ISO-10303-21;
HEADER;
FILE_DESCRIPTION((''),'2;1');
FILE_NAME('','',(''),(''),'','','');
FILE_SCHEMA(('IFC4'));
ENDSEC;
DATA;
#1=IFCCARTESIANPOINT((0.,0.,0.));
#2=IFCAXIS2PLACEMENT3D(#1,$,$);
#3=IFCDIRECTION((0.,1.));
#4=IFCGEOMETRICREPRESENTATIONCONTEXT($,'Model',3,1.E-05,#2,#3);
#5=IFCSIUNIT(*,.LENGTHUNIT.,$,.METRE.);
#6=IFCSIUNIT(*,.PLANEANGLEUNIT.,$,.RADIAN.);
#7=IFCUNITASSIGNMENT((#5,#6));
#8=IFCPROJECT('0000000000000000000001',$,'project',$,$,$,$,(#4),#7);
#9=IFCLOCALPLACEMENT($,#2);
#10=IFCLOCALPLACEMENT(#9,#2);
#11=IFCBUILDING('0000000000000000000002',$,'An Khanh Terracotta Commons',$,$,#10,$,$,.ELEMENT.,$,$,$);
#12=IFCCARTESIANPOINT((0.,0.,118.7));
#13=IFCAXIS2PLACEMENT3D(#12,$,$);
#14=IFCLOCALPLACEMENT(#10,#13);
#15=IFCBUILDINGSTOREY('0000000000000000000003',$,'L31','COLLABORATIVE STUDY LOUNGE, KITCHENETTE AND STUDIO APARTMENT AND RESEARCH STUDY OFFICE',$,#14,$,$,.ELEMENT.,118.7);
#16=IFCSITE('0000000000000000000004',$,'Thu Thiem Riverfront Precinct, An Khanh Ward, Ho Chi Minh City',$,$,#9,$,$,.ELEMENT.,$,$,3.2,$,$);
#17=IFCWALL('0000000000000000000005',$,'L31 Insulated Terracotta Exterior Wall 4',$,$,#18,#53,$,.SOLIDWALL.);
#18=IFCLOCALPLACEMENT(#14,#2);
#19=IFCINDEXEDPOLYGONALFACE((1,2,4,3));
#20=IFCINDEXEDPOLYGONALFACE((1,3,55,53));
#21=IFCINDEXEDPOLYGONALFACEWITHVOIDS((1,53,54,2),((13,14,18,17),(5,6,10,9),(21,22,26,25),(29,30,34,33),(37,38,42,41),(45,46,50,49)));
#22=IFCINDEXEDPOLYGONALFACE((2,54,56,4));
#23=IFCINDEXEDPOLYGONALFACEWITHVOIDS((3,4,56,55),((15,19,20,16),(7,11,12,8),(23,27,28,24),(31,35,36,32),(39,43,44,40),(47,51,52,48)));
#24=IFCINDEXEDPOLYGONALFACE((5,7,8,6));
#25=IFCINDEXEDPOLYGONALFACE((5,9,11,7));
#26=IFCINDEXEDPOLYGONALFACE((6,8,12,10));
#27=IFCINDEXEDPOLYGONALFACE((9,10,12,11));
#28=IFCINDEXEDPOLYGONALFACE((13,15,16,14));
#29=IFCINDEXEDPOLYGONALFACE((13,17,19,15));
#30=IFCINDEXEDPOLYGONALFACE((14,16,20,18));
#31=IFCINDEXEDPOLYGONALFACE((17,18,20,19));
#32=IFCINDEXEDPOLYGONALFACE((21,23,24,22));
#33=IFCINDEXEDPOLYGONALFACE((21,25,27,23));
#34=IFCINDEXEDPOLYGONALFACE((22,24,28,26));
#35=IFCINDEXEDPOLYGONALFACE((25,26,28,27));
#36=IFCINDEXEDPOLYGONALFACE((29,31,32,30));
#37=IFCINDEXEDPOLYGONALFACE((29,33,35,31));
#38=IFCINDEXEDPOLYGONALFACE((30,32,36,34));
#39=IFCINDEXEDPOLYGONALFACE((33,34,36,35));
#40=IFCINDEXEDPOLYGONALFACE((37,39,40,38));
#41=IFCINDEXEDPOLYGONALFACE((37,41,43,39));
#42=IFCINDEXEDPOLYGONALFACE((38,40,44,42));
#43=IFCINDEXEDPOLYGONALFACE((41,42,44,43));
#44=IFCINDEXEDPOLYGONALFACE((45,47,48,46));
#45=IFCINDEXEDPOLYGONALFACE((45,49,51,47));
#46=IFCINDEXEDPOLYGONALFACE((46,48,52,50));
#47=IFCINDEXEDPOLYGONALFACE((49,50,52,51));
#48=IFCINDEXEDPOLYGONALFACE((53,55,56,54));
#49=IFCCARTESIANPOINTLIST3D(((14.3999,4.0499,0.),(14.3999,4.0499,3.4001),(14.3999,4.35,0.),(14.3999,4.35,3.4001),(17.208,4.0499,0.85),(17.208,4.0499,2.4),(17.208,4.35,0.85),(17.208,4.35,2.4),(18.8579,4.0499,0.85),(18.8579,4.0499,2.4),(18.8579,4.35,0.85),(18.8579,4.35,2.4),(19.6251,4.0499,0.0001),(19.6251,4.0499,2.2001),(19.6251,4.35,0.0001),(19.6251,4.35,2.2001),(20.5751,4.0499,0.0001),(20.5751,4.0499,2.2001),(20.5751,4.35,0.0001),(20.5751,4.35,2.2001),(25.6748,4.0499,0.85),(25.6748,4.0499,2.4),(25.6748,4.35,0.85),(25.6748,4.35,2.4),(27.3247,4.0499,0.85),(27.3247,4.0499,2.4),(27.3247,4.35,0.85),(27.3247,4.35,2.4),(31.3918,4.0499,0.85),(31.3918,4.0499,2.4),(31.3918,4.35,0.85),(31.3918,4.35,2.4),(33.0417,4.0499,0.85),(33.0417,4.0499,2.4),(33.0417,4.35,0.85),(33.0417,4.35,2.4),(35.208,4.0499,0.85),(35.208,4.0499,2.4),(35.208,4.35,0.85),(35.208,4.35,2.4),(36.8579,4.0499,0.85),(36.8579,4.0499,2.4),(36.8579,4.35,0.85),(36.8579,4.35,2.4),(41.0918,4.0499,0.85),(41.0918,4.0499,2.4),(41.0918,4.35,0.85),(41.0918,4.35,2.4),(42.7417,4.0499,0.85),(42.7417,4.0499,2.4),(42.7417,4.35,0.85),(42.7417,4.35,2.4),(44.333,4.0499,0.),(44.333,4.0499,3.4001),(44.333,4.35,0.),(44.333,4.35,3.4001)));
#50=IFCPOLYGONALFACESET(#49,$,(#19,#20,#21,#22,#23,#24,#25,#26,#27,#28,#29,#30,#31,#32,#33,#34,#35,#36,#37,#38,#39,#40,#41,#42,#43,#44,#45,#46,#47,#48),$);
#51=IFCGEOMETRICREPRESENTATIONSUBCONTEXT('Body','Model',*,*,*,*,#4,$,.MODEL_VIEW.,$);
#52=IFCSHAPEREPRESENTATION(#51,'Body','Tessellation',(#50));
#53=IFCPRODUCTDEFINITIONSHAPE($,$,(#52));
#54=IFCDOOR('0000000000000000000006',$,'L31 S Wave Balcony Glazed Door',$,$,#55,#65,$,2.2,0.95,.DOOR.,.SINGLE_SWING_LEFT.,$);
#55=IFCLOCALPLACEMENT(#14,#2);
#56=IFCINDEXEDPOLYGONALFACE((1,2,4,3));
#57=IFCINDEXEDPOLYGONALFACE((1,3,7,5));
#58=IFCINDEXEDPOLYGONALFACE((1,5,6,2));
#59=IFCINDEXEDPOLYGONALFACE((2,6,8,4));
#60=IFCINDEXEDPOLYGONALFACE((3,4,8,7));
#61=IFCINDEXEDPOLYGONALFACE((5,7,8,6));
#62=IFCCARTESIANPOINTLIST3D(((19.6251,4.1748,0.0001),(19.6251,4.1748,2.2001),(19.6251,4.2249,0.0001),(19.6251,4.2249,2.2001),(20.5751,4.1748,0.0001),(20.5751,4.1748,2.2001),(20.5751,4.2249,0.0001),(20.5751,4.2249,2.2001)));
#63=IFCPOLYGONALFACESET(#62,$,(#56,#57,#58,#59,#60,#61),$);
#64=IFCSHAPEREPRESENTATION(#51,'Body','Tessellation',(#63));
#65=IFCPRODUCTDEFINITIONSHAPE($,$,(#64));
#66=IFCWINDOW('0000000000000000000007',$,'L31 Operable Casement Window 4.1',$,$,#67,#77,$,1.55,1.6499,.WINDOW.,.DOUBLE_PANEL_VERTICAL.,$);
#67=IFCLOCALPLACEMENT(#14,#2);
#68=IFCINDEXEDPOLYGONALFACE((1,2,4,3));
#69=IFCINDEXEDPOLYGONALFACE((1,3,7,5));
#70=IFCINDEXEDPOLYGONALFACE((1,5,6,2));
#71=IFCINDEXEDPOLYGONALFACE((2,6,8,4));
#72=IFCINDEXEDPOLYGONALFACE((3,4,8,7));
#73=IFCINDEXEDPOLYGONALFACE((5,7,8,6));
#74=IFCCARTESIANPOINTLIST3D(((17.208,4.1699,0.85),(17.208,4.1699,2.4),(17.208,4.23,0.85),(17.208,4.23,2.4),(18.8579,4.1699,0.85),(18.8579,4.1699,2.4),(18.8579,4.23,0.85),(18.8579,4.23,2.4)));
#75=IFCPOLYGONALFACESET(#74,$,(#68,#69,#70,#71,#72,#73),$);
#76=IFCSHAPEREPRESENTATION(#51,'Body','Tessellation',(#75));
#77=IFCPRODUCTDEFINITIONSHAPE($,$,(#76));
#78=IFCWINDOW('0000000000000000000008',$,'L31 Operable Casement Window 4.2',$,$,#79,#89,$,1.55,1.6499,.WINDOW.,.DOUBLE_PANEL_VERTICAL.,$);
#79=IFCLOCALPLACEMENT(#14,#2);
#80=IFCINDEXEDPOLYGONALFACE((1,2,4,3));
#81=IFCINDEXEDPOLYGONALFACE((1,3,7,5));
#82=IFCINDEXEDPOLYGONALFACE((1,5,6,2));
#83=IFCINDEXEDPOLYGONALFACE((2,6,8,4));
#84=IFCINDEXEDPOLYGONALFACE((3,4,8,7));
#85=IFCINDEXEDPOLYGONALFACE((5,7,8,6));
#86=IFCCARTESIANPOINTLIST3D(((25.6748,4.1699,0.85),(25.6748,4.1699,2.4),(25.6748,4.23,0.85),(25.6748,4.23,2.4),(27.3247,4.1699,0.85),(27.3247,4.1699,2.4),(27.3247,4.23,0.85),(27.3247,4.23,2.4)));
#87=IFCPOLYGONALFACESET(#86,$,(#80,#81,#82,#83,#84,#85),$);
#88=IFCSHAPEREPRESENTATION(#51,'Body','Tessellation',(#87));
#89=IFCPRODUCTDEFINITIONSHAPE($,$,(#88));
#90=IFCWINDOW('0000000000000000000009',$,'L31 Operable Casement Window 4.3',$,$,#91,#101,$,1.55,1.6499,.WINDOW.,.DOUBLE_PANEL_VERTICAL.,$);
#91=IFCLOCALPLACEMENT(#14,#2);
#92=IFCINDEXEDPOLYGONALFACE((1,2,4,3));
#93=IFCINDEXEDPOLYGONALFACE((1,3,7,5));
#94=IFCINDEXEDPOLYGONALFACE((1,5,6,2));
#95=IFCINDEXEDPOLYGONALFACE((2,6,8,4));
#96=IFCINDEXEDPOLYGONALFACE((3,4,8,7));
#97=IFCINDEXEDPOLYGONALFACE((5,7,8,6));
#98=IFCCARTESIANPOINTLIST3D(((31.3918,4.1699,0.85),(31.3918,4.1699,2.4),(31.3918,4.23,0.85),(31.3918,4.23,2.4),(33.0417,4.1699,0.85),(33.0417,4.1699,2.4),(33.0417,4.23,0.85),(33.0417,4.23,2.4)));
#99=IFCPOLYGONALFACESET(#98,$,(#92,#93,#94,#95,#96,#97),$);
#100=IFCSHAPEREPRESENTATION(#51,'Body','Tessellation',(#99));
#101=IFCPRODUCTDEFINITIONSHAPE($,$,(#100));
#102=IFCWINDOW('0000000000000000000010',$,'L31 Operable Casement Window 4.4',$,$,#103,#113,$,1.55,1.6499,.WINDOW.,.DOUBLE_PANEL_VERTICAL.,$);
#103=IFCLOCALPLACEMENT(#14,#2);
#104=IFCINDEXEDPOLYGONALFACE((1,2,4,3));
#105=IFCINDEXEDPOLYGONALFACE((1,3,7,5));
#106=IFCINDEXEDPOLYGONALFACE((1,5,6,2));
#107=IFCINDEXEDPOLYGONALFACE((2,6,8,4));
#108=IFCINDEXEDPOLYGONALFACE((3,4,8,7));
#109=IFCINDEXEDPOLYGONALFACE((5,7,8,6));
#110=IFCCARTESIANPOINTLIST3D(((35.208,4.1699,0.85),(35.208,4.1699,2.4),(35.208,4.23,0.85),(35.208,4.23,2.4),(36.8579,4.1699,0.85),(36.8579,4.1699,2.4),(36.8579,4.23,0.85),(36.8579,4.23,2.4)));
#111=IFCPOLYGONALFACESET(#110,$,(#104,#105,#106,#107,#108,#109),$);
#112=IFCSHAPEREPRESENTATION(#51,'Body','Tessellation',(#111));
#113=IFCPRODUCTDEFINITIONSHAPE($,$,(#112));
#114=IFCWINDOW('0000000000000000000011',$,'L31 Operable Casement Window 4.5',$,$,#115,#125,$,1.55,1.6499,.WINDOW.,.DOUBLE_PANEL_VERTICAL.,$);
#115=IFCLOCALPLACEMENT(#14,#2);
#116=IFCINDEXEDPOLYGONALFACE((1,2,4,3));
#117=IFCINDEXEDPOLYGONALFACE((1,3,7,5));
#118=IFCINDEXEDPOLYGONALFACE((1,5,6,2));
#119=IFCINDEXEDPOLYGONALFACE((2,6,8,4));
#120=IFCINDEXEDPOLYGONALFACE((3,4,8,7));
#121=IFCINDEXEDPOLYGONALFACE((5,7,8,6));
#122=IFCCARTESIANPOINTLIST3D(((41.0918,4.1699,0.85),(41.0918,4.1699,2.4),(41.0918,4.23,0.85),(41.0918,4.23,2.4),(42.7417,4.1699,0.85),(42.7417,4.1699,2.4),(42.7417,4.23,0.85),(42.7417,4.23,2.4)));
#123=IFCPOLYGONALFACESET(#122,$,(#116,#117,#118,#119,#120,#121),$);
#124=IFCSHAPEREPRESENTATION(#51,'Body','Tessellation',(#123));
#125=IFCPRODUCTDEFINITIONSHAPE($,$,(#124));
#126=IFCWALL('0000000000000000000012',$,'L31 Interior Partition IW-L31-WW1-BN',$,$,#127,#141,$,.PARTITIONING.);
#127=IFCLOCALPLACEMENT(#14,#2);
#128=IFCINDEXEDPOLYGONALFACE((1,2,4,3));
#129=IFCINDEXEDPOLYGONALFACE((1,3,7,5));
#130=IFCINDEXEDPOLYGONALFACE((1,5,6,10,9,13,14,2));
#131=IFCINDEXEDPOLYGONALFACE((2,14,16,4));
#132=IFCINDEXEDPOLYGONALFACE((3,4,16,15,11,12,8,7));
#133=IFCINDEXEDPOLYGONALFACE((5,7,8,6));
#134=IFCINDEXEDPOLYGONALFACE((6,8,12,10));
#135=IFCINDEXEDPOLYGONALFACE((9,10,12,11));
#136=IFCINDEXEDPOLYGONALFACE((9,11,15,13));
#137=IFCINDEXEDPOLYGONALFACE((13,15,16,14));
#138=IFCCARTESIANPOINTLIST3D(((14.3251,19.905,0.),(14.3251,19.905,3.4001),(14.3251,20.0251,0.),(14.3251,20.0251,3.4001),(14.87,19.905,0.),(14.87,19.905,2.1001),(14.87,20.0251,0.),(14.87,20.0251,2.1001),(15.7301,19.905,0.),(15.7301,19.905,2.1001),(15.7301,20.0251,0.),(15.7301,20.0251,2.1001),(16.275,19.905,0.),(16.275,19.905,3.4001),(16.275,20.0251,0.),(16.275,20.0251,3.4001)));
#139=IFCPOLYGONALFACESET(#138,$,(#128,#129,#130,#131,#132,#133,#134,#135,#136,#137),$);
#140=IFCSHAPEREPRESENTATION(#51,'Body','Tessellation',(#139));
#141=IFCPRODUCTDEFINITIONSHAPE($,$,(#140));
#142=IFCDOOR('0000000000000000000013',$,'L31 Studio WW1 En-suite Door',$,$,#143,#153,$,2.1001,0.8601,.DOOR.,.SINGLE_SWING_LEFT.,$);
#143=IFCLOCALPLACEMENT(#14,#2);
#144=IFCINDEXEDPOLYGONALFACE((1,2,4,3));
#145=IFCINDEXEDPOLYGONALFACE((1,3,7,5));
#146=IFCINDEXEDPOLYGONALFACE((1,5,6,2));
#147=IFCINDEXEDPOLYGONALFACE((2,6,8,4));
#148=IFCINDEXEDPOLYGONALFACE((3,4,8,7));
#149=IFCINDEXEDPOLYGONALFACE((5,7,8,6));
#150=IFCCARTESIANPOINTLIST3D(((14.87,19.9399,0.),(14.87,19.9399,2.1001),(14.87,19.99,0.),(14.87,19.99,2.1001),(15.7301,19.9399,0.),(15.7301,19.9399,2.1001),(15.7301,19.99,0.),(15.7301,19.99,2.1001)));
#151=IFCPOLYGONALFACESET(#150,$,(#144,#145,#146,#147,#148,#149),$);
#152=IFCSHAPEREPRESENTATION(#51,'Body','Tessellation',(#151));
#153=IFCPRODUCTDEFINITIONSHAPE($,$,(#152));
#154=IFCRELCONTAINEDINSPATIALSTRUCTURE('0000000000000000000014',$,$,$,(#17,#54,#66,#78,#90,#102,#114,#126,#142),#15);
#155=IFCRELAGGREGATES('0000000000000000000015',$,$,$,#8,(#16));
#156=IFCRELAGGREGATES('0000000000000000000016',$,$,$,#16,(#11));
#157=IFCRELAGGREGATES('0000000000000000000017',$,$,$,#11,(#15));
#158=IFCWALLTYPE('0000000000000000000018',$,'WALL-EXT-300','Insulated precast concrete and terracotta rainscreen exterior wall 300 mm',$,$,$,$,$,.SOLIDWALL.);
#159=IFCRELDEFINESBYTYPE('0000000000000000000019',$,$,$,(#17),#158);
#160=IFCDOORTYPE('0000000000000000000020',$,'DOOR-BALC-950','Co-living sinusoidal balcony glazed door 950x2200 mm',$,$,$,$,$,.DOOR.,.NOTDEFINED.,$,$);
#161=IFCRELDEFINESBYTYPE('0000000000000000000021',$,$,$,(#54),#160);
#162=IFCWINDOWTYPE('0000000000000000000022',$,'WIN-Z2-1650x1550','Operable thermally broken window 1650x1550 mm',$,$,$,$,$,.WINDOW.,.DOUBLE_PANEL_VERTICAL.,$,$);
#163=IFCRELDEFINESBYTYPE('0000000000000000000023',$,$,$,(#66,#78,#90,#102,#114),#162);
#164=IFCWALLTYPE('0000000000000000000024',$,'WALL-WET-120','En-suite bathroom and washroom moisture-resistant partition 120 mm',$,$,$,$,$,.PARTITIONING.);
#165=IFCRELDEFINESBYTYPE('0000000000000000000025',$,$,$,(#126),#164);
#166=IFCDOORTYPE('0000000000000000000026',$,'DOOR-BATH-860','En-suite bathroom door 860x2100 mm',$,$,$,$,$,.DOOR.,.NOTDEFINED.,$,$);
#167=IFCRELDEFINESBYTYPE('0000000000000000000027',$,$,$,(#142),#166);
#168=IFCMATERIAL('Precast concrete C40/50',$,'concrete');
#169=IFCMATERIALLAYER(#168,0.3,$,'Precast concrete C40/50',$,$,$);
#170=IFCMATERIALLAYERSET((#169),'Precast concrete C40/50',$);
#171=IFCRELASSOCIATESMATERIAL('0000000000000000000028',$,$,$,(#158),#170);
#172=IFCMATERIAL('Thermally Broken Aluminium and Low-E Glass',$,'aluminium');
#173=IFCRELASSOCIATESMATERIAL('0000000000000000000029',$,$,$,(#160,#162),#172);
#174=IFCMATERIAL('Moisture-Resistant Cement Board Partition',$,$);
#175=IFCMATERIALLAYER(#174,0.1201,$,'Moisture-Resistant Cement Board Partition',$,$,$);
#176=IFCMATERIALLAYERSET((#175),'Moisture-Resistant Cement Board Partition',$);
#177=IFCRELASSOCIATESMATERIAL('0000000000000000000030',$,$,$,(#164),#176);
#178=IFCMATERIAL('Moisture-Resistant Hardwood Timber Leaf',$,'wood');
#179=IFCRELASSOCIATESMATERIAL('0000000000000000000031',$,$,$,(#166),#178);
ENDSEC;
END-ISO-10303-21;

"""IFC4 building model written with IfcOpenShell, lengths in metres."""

from ifc_helpers import new_model, si_unit, direction, frame, frame_2d, origin, place, context, subcontext, project, spatial, rectangle, extrude, material, layer, layer_set, type_object, element, fill, save


model = new_model("IFC4")

# Units and contexts
model_context = context("Model", 3, precision=1e-05, world=origin(), true_north=direction((0.0, 1.0)))
body_context = subcontext(model_context, "Body", "Model", "MODEL_VIEW")
ifc_project = project(units=[si_unit("LENGTHUNIT", "METRE"), si_unit("PLANEANGLEUNIT", "RADIAN")], contexts=[model_context])

# Site, building, storey
site_placement = place(None, origin())
site = spatial("IfcSite", under=ifc_project, at=site_placement, Name="Thu Thiem Riverfront Precinct, An Khanh Ward, Ho Chi Minh City", CompositionType="ELEMENT", RefElevation=3.2)
building_placement = place(site_placement, origin())
building = spatial("IfcBuilding", under=site, at=building_placement, Name="An Khanh Terracotta Commons", CompositionType="ELEMENT")
storey_placement = place(building_placement, frame((0.0, 0.0, 118.7)))
storey = spatial("IfcBuildingStorey", under=building, at=storey_placement, Name="L31", Description="COLLABORATIVE STUDY LOUNGE, KITCHENETTE AND STUDIO APARTMENT AND RESEARCH STUDY OFFICE", CompositionType="ELEMENT", Elevation=118.7)

# Shared definitions
ifc_material_1 = material(Name="Precast concrete C40/50", Category="concrete")
ifc_layer_1 = layer(ifc_material_1, 0.3, Name="Precast concrete C40/50")
ifc_layer_set_1 = layer_set([ifc_layer_1], Name="Precast concrete C40/50")
wall_type_1 = type_object("IfcWallType", Name="WALL-EXT-300", Description="Insulated precast concrete and terracotta rainscreen exterior wall 300 mm", PredefinedType="SOLIDWALL", material=ifc_layer_set_1)

# Wall, openings, door, windows
wall_1_placement = place(storey_placement, frame((14.3999, 4.2, 0.0), z_axis=(0.0, 0.0, 1.0), x_axis=(1.0, 0.0, 0.0)))
wall_1 = element("IfcWall", 1, at=wall_1_placement, inside=storey, type_object=wall_type_1, Name="L31 Insulated Terracotta Exterior Wall 4", PredefinedType="SOLIDWALL", context=body_context, shape_type="SweptSolid", body=[
    extrude(rectangle(XDim=29.9331, YDim=0.3, at=frame_2d((14.9666, 0.0))), origin(), (0.0, 0.0, 1.0), 3.4001),
])
opening_1_placement = place(wall_1_placement, frame((5.2251, 0.0, 0.0)))
opening_1 = element("IfcOpeningElement", 2, at=opening_1_placement, cuts=wall_1, PredefinedType="OPENING", context=body_context, shape_type="SweptSolid", body=[
    extrude(rectangle(XDim=0.95, YDim=2.2, at=frame_2d((0.4751, 1.1001))), frame((0.0, 0.1599, 0.0), z_axis=(0.0, -1.0, 0.0), x_axis=(1.0, 0.0, 0.0)), (0.0, 0.0, 1.0), 0.3201),
])
opening_2_placement = place(wall_1_placement, frame((2.8081, 0.0, 0.8501)))
opening_2 = element("IfcOpeningElement", 3, at=opening_2_placement, cuts=wall_1, PredefinedType="OPENING", context=body_context, shape_type="SweptSolid", body=[
    extrude(rectangle(XDim=1.6499, YDim=1.55, at=frame_2d((0.825, 0.7749))), frame((0.0, 0.1599, 0.0), z_axis=(0.0, -1.0, 0.0), x_axis=(1.0, 0.0, 0.0)), (0.0, 0.0, 1.0), 0.3201),
])
opening_3_placement = place(wall_1_placement, frame((11.2749, 0.0, 0.8501)))
opening_3 = element("IfcOpeningElement", 4, at=opening_3_placement, cuts=wall_1, PredefinedType="OPENING", context=body_context, shape_type="SweptSolid", body=[
    extrude(rectangle(XDim=1.6499, YDim=1.55, at=frame_2d((0.825, 0.7749))), frame((0.0, 0.1599, 0.0), z_axis=(0.0, -1.0, 0.0), x_axis=(1.0, 0.0, 0.0)), (0.0, 0.0, 1.0), 0.3201),
])
opening_4_placement = place(wall_1_placement, frame((16.9919, 0.0, 0.8501)))
opening_4 = element("IfcOpeningElement", 5, at=opening_4_placement, cuts=wall_1, PredefinedType="OPENING", context=body_context, shape_type="SweptSolid", body=[
    extrude(rectangle(XDim=1.6499, YDim=1.55, at=frame_2d((0.825, 0.7749))), frame((0.0, 0.1599, 0.0), z_axis=(0.0, -1.0, 0.0), x_axis=(1.0, 0.0, 0.0)), (0.0, 0.0, 1.0), 0.3201),
])
opening_5_placement = place(wall_1_placement, frame((20.8081, 0.0, 0.8501)))
opening_5 = element("IfcOpeningElement", 6, at=opening_5_placement, cuts=wall_1, PredefinedType="OPENING", context=body_context, shape_type="SweptSolid", body=[
    extrude(rectangle(XDim=1.6499, YDim=1.55, at=frame_2d((0.825, 0.7749))), frame((0.0, 0.1599, 0.0), z_axis=(0.0, -1.0, 0.0), x_axis=(1.0, 0.0, 0.0)), (0.0, 0.0, 1.0), 0.3201),
])
opening_6_placement = place(wall_1_placement, frame((26.6919, 0.0, 0.8501)))
opening_6 = element("IfcOpeningElement", 7, at=opening_6_placement, cuts=wall_1, PredefinedType="OPENING", context=body_context, shape_type="SweptSolid", body=[
    extrude(rectangle(XDim=1.6499, YDim=1.55, at=frame_2d((0.825, 0.7749))), frame((0.0, 0.1599, 0.0), z_axis=(0.0, -1.0, 0.0), x_axis=(1.0, 0.0, 0.0)), (0.0, 0.0, 1.0), 0.3201),
])
ifc_material_2 = material(Name="Thermally Broken Aluminium and Low-E Glass", Category="aluminium")
door_type_1 = type_object("IfcDoorType", Name="DOOR-BALC-950", Description="Co-living sinusoidal balcony glazed door 950x2200 mm", OperationType="NOTDEFINED", PredefinedType="DOOR", material=ifc_material_2)
door_1_placement = place(opening_1_placement, origin())
door_1 = element("IfcDoor", 8, at=door_1_placement, inside=storey, type_object=door_type_1, Name="L31 S Wave Balcony Glazed Door", OperationType="SINGLE_SWING_LEFT", OverallHeight=2.2, OverallWidth=0.95, PredefinedType="DOOR", context=body_context, shape_type="SweptSolid", body=[
    extrude(rectangle(XDim=0.95, YDim=2.2, at=frame_2d((0.4751, 1.1001))), frame((0.0, 0.0249, 0.0), z_axis=(0.0, -1.0, 0.0), x_axis=(1.0, 0.0, 0.0)), (0.0, 0.0, 1.0), 0.05),
])
fill(opening_1, door_1)
window_type = type_object("IfcWindowType", Name="WIN-Z2-1650x1550", Description="Operable thermally broken window 1650x1550 mm", PartitioningType="DOUBLE_PANEL_VERTICAL", PredefinedType="WINDOW", material=ifc_material_2)
window_1_placement = place(opening_2_placement, origin())
window_1 = element("IfcWindow", 9, at=window_1_placement, inside=storey, type_object=window_type, Name="L31 Operable Casement Window 4.1", OverallHeight=1.55, OverallWidth=1.6499, PartitioningType="DOUBLE_PANEL_VERTICAL", PredefinedType="WINDOW", context=body_context, shape_type="SweptSolid", body=[
    extrude(rectangle(XDim=1.6499, YDim=1.55, at=frame_2d((0.825, 0.7749))), frame((0.0, 0.03, 0.0), z_axis=(0.0, -1.0, 0.0), x_axis=(1.0, 0.0, 0.0)), (0.0, 0.0, 1.0), 0.0601),
])
fill(opening_2, window_1)
window_2_placement = place(opening_3_placement, origin())
window_2 = element("IfcWindow", 10, at=window_2_placement, inside=storey, type_object=window_type, Name="L31 Operable Casement Window 4.2", OverallHeight=1.55, OverallWidth=1.6499, PartitioningType="DOUBLE_PANEL_VERTICAL", PredefinedType="WINDOW", context=body_context, shape_type="SweptSolid", body=[
    extrude(rectangle(XDim=1.6499, YDim=1.55, at=frame_2d((0.825, 0.7749))), frame((0.0, 0.03, 0.0), z_axis=(0.0, -1.0, 0.0), x_axis=(1.0, 0.0, 0.0)), (0.0, 0.0, 1.0), 0.0601),
])
fill(opening_3, window_2)
window_3_placement = place(opening_4_placement, origin())
window_3 = element("IfcWindow", 11, at=window_3_placement, inside=storey, type_object=window_type, Name="L31 Operable Casement Window 4.3", OverallHeight=1.55, OverallWidth=1.6499, PartitioningType="DOUBLE_PANEL_VERTICAL", PredefinedType="WINDOW", context=body_context, shape_type="SweptSolid", body=[
    extrude(rectangle(XDim=1.6499, YDim=1.55, at=frame_2d((0.825, 0.7749))), frame((0.0, 0.03, 0.0), z_axis=(0.0, -1.0, 0.0), x_axis=(1.0, 0.0, 0.0)), (0.0, 0.0, 1.0), 0.0601),
])
fill(opening_4, window_3)
window_4_placement = place(opening_5_placement, origin())
window_4 = element("IfcWindow", 12, at=window_4_placement, inside=storey, type_object=window_type, Name="L31 Operable Casement Window 4.4", OverallHeight=1.55, OverallWidth=1.6499, PartitioningType="DOUBLE_PANEL_VERTICAL", PredefinedType="WINDOW", context=body_context, shape_type="SweptSolid", body=[
    extrude(rectangle(XDim=1.6499, YDim=1.55, at=frame_2d((0.825, 0.7749))), frame((0.0, 0.03, 0.0), z_axis=(0.0, -1.0, 0.0), x_axis=(1.0, 0.0, 0.0)), (0.0, 0.0, 1.0), 0.0601),
])
fill(opening_5, window_4)
window_5_placement = place(opening_6_placement, origin())
window_5 = element("IfcWindow", 13, at=window_5_placement, inside=storey, type_object=window_type, Name="L31 Operable Casement Window 4.5", OverallHeight=1.55, OverallWidth=1.6499, PartitioningType="DOUBLE_PANEL_VERTICAL", PredefinedType="WINDOW", context=body_context, shape_type="SweptSolid", body=[
    extrude(rectangle(XDim=1.6499, YDim=1.55, at=frame_2d((0.825, 0.7749))), frame((0.0, 0.03, 0.0), z_axis=(0.0, -1.0, 0.0), x_axis=(1.0, 0.0, 0.0)), (0.0, 0.0, 1.0), 0.0601),
])
fill(opening_6, window_5)

# Wall, opening, door
ifc_material_3 = material(Name="Moisture-Resistant Cement Board Partition")
ifc_layer_2 = layer(ifc_material_3, 0.1201, Name="Moisture-Resistant Cement Board Partition")
ifc_layer_set_2 = layer_set([ifc_layer_2], Name="Moisture-Resistant Cement Board Partition")
wall_type_2 = type_object("IfcWallType", Name="WALL-WET-120", Description="En-suite bathroom and washroom moisture-resistant partition 120 mm", PredefinedType="PARTITIONING", material=ifc_layer_set_2)
wall_2_placement = place(storey_placement, frame((14.325, 19.9651, 0.0), z_axis=(0.0, 0.0, 1.0), x_axis=(1.0, 0.0, 0.0)))
wall_2 = element("IfcWall", 14, at=wall_2_placement, inside=storey, type_object=wall_type_2, Name="L31 Interior Partition IW-L31-WW1-BN", PredefinedType="PARTITIONING", context=body_context, shape_type="SweptSolid", body=[
    extrude(rectangle(XDim=1.95, YDim=0.1201, at=frame_2d((0.9751, 0.0))), origin(), (0.0, 0.0, 1.0), 3.4001),
])
opening_7_placement = place(wall_2_placement, frame((0.5449, 0.0, 0.0)))
opening_7 = element("IfcOpeningElement", 15, at=opening_7_placement, cuts=wall_2, PredefinedType="OPENING", context=body_context, shape_type="SweptSolid", body=[
    extrude(rectangle(XDim=0.8601, YDim=2.1001, at=frame_2d((0.4302, 1.05))), frame((0.0, 0.0701, 0.0), z_axis=(0.0, -1.0, 0.0), x_axis=(1.0, 0.0, 0.0)), (0.0, 0.0, 1.0), 0.1401),
])
ifc_material_4 = material(Name="Moisture-Resistant Hardwood Timber Leaf", Category="wood")
door_type_2 = type_object("IfcDoorType", Name="DOOR-BATH-860", Description="En-suite bathroom door 860x2100 mm", OperationType="NOTDEFINED", PredefinedType="DOOR", material=ifc_material_4)
door_2_placement = place(opening_7_placement, origin())
door_2 = element("IfcDoor", 16, at=door_2_placement, inside=storey, type_object=door_type_2, Name="L31 Studio WW1 En-suite Door", OperationType="SINGLE_SWING_LEFT", OverallHeight=2.1001, OverallWidth=0.8601, PredefinedType="DOOR", context=body_context, shape_type="SweptSolid", body=[
    extrude(rectangle(XDim=0.8601, YDim=2.1001, at=frame_2d((0.4302, 1.05))), frame((0.0, 0.0249, 0.0), z_axis=(0.0, -1.0, 0.0), x_axis=(1.0, 0.0, 0.0)), (0.0, 0.0, 1.0), 0.05),
])
fill(opening_7, door_2)

save(model, "model.ifc")
